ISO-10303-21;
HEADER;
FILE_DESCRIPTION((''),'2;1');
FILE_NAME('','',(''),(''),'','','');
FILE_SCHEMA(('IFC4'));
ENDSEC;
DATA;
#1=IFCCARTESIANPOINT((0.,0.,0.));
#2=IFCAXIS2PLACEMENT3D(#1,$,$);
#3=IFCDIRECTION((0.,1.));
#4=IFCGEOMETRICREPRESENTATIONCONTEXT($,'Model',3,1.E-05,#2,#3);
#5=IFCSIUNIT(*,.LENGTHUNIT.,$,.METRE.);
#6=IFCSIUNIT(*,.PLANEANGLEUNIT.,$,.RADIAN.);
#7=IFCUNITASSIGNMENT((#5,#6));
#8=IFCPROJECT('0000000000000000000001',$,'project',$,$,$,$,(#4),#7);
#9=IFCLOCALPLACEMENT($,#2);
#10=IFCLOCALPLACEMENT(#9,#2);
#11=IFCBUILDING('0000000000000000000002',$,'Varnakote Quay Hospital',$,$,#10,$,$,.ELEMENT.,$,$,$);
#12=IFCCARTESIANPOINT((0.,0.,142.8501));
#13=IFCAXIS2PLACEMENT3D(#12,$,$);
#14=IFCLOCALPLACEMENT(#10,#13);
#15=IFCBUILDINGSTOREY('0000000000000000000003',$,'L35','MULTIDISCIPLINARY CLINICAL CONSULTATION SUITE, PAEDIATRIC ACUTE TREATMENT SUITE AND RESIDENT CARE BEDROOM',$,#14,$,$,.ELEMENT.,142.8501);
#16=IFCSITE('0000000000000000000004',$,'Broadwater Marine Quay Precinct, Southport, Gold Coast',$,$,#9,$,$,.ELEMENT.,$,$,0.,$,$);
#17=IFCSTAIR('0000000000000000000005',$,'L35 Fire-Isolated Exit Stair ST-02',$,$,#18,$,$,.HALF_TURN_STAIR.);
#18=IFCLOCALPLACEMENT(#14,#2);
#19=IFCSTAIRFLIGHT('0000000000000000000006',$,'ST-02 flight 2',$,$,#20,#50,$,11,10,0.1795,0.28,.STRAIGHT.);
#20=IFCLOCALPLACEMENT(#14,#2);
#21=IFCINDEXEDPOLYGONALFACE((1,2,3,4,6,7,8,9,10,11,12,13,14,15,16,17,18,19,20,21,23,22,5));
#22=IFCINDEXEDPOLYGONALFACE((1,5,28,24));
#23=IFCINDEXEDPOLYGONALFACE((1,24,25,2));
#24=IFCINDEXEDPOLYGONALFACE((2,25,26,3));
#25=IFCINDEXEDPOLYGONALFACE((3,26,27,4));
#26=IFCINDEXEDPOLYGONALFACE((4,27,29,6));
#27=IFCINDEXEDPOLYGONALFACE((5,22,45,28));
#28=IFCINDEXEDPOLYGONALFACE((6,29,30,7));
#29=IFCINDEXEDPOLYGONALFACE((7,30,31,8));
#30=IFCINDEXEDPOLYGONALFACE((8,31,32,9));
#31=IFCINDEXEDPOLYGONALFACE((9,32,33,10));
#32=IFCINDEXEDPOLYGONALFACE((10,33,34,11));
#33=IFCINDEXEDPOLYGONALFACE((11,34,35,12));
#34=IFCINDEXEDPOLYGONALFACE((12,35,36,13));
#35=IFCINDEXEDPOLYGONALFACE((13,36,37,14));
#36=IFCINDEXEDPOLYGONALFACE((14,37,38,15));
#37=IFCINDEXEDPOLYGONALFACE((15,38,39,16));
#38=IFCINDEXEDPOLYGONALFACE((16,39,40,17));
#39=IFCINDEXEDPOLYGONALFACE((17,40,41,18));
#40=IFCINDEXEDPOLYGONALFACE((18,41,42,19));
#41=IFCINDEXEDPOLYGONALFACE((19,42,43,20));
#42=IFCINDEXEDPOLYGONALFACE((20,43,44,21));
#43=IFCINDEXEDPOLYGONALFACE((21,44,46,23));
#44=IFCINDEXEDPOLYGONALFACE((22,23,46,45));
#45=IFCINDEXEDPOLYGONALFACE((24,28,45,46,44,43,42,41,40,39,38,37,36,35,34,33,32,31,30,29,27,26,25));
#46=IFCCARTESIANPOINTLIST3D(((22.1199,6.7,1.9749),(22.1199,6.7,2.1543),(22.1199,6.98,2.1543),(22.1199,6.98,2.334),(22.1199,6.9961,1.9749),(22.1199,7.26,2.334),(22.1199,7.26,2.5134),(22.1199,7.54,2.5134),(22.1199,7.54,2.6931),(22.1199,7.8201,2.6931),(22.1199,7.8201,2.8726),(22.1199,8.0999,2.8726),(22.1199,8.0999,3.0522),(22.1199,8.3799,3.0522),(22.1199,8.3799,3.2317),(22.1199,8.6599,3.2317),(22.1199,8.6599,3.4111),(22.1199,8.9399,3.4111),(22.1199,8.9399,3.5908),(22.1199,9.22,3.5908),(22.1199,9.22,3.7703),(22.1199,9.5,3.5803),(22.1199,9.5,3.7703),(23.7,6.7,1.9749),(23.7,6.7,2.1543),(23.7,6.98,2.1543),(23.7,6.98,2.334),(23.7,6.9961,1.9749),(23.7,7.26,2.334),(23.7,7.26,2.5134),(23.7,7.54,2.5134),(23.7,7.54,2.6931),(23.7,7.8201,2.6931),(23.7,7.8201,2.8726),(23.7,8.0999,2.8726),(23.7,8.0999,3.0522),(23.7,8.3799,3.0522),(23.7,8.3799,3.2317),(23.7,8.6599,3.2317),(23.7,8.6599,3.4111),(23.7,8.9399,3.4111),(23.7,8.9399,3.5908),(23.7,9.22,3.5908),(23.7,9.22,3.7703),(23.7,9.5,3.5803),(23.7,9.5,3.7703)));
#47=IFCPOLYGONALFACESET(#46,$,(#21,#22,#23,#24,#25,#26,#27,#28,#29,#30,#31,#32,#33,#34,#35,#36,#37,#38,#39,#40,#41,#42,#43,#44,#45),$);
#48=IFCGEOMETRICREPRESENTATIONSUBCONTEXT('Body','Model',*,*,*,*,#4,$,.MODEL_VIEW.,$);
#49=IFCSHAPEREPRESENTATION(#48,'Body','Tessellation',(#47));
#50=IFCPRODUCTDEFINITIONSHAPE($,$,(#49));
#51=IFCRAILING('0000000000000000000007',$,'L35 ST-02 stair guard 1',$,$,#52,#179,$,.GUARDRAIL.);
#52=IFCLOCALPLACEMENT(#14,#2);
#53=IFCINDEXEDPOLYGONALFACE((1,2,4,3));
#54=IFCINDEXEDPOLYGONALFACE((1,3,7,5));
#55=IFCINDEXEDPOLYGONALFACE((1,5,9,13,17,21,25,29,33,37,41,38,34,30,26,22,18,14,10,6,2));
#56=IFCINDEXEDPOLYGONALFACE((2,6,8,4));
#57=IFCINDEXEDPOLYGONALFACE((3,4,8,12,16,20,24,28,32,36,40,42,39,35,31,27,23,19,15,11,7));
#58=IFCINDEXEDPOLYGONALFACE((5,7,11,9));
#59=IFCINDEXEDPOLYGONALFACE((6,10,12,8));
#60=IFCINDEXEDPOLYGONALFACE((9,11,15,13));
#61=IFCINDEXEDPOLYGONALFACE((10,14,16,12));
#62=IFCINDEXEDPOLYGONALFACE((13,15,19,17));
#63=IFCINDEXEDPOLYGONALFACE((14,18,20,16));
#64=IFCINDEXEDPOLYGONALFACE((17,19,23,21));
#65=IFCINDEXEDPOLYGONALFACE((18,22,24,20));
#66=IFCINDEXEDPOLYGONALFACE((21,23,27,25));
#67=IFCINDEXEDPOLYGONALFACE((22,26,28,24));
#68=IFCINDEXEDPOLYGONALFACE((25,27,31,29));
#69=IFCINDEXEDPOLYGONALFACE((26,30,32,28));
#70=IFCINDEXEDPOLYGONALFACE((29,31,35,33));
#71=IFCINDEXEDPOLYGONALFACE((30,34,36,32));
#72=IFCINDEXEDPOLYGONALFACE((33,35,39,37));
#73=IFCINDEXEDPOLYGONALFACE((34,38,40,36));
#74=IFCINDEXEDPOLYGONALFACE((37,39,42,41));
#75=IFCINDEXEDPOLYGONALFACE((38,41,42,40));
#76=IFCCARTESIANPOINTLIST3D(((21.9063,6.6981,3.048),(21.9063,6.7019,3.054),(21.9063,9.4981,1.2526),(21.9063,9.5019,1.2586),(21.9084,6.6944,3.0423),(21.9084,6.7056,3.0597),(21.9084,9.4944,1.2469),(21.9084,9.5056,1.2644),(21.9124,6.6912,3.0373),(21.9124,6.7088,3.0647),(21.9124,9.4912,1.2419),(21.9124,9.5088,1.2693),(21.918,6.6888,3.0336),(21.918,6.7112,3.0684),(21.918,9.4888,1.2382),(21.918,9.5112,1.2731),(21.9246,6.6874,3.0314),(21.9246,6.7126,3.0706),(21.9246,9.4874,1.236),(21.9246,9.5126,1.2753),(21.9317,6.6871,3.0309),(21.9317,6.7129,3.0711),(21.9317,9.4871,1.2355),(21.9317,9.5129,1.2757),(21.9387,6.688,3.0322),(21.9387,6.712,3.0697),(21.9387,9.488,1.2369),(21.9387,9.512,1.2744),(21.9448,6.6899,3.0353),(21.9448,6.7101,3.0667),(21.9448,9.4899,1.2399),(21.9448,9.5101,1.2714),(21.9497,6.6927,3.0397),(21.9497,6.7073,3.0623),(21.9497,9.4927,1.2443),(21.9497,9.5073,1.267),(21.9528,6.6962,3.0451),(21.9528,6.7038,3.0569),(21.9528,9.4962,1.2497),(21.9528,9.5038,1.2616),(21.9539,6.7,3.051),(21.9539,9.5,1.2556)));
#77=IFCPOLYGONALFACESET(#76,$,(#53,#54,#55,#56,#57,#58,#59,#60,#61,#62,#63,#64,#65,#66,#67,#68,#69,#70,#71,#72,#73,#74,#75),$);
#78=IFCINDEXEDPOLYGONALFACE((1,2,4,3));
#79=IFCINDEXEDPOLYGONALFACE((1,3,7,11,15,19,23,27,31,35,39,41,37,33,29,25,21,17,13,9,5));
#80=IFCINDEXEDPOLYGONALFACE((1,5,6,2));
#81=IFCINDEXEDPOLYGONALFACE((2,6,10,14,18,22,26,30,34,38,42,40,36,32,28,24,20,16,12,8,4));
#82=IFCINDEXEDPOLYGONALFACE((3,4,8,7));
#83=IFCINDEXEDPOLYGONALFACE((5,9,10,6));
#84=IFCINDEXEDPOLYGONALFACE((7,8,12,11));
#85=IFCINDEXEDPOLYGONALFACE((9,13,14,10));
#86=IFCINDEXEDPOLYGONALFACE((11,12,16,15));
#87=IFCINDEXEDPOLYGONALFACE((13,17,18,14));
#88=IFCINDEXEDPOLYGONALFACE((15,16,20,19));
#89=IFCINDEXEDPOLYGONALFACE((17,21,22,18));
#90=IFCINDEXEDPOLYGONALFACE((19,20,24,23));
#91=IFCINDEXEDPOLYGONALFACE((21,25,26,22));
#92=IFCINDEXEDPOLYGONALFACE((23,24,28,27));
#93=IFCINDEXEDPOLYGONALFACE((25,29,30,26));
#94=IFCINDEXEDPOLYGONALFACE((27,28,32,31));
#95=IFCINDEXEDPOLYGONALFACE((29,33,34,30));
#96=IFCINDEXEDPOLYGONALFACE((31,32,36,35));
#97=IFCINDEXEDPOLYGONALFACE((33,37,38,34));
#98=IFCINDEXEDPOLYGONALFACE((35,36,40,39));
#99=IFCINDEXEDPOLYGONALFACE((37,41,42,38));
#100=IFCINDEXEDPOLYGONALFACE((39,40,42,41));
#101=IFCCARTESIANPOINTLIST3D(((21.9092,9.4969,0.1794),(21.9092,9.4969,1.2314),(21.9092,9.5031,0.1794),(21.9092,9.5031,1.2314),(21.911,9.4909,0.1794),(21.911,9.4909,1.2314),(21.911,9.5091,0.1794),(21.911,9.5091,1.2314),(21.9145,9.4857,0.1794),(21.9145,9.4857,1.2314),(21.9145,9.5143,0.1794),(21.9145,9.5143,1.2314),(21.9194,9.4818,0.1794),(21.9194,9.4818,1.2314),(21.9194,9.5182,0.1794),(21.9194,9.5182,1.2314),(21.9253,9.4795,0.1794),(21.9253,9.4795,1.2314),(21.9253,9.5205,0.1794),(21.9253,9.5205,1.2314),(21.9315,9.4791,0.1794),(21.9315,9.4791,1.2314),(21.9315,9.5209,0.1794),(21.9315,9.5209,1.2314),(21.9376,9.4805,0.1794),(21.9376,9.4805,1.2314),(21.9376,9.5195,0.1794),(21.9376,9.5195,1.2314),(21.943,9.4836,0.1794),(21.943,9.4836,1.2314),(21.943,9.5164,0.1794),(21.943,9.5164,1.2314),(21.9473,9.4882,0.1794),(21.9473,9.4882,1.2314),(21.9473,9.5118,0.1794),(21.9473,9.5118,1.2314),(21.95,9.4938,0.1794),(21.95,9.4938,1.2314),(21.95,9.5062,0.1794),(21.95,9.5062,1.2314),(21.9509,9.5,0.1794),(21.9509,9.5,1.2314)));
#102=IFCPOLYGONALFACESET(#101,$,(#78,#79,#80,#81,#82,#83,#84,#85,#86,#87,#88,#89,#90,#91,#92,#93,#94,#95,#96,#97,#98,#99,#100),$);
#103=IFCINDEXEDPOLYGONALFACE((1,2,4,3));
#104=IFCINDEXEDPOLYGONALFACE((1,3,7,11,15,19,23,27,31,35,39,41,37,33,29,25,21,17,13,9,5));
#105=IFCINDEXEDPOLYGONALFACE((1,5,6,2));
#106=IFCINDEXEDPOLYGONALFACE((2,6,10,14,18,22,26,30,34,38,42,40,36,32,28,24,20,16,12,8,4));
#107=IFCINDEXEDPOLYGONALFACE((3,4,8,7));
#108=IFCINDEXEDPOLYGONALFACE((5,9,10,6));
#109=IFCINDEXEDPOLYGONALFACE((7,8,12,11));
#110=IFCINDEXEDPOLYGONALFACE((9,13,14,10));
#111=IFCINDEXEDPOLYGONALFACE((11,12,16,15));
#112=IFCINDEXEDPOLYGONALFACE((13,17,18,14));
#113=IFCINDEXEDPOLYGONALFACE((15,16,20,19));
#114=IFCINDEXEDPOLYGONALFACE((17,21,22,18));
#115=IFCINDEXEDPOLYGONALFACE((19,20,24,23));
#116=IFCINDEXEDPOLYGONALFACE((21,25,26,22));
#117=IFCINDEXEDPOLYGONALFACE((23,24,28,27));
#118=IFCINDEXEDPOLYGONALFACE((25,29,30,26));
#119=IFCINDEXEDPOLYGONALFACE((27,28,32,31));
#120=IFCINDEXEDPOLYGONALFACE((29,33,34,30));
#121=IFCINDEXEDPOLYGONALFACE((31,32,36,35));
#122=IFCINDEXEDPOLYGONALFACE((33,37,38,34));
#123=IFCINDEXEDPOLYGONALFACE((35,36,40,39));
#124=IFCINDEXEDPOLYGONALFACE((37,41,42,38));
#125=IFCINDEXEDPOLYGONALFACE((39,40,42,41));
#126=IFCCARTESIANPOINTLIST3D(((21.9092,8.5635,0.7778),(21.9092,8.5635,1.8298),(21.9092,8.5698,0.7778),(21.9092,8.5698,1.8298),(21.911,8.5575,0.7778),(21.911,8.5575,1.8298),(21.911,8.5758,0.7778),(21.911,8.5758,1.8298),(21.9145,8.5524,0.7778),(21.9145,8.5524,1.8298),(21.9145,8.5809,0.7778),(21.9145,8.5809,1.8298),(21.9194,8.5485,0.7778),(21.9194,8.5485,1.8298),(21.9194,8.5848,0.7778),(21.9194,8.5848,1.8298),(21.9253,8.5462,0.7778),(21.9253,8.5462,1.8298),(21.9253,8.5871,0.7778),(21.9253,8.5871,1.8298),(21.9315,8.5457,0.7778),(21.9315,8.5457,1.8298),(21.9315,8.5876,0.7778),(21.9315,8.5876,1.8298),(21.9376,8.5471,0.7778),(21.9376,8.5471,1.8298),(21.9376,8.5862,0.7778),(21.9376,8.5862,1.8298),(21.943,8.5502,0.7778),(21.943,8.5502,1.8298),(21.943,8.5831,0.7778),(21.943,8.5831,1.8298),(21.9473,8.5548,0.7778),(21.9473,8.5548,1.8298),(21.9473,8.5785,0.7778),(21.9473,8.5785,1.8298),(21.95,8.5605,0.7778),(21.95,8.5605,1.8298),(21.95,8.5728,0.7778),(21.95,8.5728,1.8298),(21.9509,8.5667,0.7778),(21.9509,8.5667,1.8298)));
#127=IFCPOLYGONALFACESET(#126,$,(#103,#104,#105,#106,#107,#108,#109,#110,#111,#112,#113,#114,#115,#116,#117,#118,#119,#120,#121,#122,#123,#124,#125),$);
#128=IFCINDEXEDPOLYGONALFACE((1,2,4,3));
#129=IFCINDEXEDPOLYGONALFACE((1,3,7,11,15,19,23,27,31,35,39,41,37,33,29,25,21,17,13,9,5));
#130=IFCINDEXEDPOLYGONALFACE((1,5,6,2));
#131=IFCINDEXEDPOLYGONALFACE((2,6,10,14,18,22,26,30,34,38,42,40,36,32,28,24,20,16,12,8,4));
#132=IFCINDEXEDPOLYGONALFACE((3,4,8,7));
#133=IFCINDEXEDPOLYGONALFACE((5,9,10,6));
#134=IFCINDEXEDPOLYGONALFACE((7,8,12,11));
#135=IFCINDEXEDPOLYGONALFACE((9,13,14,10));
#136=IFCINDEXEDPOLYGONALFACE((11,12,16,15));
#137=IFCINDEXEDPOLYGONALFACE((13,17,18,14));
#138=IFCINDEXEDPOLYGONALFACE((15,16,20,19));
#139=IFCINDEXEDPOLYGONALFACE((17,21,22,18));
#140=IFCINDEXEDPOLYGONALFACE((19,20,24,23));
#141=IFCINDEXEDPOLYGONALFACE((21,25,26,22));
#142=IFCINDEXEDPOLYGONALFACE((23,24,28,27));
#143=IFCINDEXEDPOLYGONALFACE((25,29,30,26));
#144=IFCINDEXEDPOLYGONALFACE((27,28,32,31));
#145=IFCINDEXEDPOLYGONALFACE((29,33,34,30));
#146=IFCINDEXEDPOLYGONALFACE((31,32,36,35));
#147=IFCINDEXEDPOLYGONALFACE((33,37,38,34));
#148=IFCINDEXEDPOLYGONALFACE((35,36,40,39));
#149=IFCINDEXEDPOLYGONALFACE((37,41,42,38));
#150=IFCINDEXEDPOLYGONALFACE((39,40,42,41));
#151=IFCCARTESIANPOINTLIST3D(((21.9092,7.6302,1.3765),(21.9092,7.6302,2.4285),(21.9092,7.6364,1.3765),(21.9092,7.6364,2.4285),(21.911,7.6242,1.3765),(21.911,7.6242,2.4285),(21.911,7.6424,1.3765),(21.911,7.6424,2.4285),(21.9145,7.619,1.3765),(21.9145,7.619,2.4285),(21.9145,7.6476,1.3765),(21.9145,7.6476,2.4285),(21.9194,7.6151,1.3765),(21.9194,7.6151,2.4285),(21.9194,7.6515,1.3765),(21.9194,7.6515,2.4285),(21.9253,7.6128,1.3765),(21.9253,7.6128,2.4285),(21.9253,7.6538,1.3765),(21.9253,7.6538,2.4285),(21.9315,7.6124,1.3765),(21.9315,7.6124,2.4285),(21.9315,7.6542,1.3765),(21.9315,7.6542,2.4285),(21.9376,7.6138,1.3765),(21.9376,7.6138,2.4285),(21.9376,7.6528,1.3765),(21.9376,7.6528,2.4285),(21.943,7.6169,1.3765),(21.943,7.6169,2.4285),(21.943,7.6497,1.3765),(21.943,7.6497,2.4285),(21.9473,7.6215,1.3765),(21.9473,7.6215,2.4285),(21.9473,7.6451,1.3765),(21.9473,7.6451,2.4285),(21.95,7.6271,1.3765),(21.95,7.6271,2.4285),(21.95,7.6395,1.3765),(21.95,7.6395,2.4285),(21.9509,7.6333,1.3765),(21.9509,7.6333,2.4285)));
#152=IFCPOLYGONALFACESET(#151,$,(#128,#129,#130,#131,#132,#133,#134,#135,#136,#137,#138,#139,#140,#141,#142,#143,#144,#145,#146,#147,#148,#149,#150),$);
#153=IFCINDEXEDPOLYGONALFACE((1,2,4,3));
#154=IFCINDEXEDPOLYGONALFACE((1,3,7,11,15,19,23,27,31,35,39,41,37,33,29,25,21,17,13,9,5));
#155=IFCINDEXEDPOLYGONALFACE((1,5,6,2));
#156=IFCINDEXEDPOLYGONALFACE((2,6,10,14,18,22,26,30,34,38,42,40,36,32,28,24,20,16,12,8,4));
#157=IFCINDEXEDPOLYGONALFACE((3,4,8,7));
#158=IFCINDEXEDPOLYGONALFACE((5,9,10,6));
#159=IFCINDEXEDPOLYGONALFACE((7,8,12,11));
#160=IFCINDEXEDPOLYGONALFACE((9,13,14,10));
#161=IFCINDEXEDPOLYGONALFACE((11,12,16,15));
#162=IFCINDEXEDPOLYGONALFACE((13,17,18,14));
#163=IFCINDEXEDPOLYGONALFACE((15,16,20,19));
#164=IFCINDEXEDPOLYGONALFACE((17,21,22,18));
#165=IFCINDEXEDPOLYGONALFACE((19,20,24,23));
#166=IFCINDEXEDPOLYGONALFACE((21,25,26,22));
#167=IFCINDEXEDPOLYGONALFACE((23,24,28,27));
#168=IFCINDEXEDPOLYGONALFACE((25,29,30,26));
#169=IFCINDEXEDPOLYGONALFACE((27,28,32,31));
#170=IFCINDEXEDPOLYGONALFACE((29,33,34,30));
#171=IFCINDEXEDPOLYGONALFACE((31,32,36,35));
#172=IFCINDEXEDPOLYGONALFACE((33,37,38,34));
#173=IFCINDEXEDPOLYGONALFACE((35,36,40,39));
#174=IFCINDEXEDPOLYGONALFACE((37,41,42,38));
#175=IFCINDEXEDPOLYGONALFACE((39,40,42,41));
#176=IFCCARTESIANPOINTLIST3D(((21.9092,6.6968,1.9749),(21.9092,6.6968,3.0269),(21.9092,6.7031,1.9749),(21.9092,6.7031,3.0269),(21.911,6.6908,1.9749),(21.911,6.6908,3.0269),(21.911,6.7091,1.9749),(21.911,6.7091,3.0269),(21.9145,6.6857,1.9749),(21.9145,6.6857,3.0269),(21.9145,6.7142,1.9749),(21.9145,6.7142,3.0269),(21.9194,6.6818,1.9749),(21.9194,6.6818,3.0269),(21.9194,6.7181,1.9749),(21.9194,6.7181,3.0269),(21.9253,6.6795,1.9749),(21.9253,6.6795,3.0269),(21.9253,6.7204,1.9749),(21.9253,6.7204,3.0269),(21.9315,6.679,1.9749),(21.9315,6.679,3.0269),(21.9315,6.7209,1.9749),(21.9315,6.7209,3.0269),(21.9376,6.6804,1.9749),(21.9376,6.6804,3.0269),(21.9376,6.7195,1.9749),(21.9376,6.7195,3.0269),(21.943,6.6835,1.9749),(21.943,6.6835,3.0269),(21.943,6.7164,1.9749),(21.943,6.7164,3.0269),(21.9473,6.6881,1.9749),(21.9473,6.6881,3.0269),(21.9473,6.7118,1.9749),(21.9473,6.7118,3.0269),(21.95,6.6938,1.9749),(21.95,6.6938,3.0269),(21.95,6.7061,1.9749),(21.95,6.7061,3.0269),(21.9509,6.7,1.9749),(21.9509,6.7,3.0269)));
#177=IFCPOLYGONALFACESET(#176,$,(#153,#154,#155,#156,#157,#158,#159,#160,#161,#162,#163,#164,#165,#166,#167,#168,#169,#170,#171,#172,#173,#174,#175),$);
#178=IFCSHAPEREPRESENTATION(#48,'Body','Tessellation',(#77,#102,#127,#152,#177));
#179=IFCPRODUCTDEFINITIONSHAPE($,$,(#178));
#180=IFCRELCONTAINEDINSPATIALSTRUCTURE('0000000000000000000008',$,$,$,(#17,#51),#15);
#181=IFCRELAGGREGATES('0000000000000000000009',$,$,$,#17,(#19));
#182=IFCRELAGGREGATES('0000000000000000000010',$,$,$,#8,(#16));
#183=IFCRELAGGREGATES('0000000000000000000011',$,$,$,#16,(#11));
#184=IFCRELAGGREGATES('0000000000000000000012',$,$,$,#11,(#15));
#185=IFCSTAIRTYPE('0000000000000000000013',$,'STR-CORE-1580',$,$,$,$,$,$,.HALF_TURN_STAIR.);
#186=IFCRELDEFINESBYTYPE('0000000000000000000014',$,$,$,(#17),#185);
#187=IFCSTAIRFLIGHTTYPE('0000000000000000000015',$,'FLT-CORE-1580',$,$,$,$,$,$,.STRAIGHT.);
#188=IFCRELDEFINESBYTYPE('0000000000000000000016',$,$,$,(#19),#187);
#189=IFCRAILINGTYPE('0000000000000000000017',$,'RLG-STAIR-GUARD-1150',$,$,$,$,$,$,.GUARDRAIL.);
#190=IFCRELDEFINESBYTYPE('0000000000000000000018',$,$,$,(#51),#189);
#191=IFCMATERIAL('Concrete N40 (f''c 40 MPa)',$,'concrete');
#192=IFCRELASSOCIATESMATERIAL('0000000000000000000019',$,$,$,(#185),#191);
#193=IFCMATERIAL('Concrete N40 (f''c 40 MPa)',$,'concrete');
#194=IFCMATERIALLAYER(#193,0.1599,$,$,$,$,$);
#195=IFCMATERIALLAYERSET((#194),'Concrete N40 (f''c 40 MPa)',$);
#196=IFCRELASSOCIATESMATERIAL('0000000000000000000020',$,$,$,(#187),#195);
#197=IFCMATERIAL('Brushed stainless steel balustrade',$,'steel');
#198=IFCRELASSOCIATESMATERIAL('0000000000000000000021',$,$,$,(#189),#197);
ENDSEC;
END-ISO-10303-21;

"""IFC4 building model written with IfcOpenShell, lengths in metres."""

from ifc_helpers import new_model, si_unit, direction, frame, origin, origin_2d, place, context, subcontext, project, spatial, polyline, circle, outline, extrude, material, layer, layer_set, type_object, element, aggregate, save


model = new_model("IFC4")

# Units and contexts
model_context = context("Model", 3, precision=1e-05, world=origin(), true_north=direction((0.0, 1.0)))
body_context = subcontext(model_context, "Body", "Model", "MODEL_VIEW")
ifc_project = project(units=[si_unit("LENGTHUNIT", "METRE"), si_unit("PLANEANGLEUNIT", "RADIAN")], contexts=[model_context])

# Site, building, storey
site_placement = place(None, origin())
site = spatial("IfcSite", under=ifc_project, at=site_placement, Name="Broadwater Marine Quay Precinct, Southport, Gold Coast", CompositionType="ELEMENT", RefElevation=0.0)
building_placement = place(site_placement, origin())
building = spatial("IfcBuilding", under=site, at=building_placement, Name="Varnakote Quay Hospital", CompositionType="ELEMENT")
storey_placement = place(building_placement, frame((0.0, 0.0, 142.8501)))
storey = spatial("IfcBuildingStorey", under=building, at=storey_placement, Name="L35", Description="MULTIDISCIPLINARY CLINICAL CONSULTATION SUITE, PAEDIATRIC ACUTE TREATMENT SUITE AND RESIDENT CARE BEDROOM", CompositionType="ELEMENT", Elevation=142.8501)

# Stair, stair flight
ifc_material_1 = material(Name="Concrete N40 (f'c 40 MPa)", Category="concrete")
stair_type = type_object("IfcStairType", Name="STR-CORE-1580", PredefinedType="HALF_TURN_STAIR", material=ifc_material_1)
stair_placement = place(storey_placement, origin())
stair = element("IfcStair", 1, at=stair_placement, inside=storey, type_object=stair_type, Name="L35 Fire-Isolated Exit Stair ST-02", PredefinedType="HALF_TURN_STAIR")
ifc_material_2 = material(Name="Concrete N40 (f'c 40 MPa)", Category="concrete")
ifc_layer_1 = layer(ifc_material_2, 0.1599)
ifc_layer_set_1 = layer_set([ifc_layer_1], Name="Concrete N40 (f'c 40 MPa)")
stair_flight_type = type_object("IfcStairFlightType", Name="FLT-CORE-1580", PredefinedType="STRAIGHT", material=ifc_layer_set_1)
stair_flight_placement = place(storey_placement, frame((22.9099, 6.7, 1.9749), z_axis=(0.0, 0.0, 1.0), x_axis=(0.0, 1.0, 0.0)))
stair_flight = element("IfcStairFlight", 2, at=stair_flight_placement, type_object=stair_flight_type, Name="ST-02 flight 2", NumberOfRisers=11, NumberOfTreads=10, PredefinedType="STRAIGHT", RiserHeight=0.1795, TreadLength=0.28, context=body_context, shape_type="SweptSolid", body=[
    extrude(outline(polyline([(0.0, 0.0), (0.0, 0.1794), (0.28, 0.1794), (0.28, 0.3591), (0.5601, 0.3591), (0.5601, 0.5386), (0.8401, 0.5386), (0.8401, 0.7183), (1.1201, 0.7183), (1.1201, 0.8977), (1.3999, 0.8977), (1.3999, 1.0774), (1.6799, 1.0774), (1.6799, 1.2568), (1.96, 1.2568), (1.96, 1.4363), (2.24, 1.4363), (2.24, 1.616), (2.52, 1.616), (2.52, 1.7954), (2.8, 1.7954), (2.8, 1.9751), (2.8, 1.6055), (0.2961, 0.0), (0.0, 0.0)])), frame((0.0, 0.79, 0.0), z_axis=(0.0, -1.0, 0.0), x_axis=(1.0, 0.0, 0.0)), (0.0, 0.0, 1.0), 1.5801),
])
aggregate(stair, [stair_flight])

# Railing
ifc_material_3 = material(Name="Brushed stainless steel balustrade", Category="steel")
railing_type_1 = type_object("IfcRailingType", Name="RLG-STAIR-GUARD-1150", PredefinedType="GUARDRAIL", material=ifc_material_3)
railing_1_placement = place(storey_placement, frame((21.9299, 9.5, 0.1794)))
element("IfcRailing", 3, at=railing_1_placement, inside=storey, type_object=railing_type_1, Name="L35 ST-02 stair guard 1", PredefinedType="GUARDRAIL", context=body_context, shape_type="SweptSolid", body=[
    extrude(circle(Radius=0.0239, at=origin_2d()), frame((0.0, 0.0, 1.0762), z_axis=(0.0, -0.84181, 0.539774), x_axis=(1.0, 0.0, 0.0)), (0.0, 0.0, 1.0), 3.3262),
    extrude(circle(Radius=0.021, at=origin_2d()), origin(), (0.0, 0.0, 1.0), 1.052),
    extrude(circle(Radius=0.021, at=origin_2d()), frame((0.0, -0.9333, 0.5984)), (0.0, 0.0, 1.0), 1.052),
    extrude(circle(Radius=0.021, at=origin_2d()), frame((0.0, -1.8667, 1.197)), (0.0, 0.0, 1.0), 1.052),
    extrude(circle(Radius=0.021, at=origin_2d()), frame((0.0, -2.8, 1.7954)), (0.0, 0.0, 1.0), 1.052),
])

save(model, "model.ifc")
